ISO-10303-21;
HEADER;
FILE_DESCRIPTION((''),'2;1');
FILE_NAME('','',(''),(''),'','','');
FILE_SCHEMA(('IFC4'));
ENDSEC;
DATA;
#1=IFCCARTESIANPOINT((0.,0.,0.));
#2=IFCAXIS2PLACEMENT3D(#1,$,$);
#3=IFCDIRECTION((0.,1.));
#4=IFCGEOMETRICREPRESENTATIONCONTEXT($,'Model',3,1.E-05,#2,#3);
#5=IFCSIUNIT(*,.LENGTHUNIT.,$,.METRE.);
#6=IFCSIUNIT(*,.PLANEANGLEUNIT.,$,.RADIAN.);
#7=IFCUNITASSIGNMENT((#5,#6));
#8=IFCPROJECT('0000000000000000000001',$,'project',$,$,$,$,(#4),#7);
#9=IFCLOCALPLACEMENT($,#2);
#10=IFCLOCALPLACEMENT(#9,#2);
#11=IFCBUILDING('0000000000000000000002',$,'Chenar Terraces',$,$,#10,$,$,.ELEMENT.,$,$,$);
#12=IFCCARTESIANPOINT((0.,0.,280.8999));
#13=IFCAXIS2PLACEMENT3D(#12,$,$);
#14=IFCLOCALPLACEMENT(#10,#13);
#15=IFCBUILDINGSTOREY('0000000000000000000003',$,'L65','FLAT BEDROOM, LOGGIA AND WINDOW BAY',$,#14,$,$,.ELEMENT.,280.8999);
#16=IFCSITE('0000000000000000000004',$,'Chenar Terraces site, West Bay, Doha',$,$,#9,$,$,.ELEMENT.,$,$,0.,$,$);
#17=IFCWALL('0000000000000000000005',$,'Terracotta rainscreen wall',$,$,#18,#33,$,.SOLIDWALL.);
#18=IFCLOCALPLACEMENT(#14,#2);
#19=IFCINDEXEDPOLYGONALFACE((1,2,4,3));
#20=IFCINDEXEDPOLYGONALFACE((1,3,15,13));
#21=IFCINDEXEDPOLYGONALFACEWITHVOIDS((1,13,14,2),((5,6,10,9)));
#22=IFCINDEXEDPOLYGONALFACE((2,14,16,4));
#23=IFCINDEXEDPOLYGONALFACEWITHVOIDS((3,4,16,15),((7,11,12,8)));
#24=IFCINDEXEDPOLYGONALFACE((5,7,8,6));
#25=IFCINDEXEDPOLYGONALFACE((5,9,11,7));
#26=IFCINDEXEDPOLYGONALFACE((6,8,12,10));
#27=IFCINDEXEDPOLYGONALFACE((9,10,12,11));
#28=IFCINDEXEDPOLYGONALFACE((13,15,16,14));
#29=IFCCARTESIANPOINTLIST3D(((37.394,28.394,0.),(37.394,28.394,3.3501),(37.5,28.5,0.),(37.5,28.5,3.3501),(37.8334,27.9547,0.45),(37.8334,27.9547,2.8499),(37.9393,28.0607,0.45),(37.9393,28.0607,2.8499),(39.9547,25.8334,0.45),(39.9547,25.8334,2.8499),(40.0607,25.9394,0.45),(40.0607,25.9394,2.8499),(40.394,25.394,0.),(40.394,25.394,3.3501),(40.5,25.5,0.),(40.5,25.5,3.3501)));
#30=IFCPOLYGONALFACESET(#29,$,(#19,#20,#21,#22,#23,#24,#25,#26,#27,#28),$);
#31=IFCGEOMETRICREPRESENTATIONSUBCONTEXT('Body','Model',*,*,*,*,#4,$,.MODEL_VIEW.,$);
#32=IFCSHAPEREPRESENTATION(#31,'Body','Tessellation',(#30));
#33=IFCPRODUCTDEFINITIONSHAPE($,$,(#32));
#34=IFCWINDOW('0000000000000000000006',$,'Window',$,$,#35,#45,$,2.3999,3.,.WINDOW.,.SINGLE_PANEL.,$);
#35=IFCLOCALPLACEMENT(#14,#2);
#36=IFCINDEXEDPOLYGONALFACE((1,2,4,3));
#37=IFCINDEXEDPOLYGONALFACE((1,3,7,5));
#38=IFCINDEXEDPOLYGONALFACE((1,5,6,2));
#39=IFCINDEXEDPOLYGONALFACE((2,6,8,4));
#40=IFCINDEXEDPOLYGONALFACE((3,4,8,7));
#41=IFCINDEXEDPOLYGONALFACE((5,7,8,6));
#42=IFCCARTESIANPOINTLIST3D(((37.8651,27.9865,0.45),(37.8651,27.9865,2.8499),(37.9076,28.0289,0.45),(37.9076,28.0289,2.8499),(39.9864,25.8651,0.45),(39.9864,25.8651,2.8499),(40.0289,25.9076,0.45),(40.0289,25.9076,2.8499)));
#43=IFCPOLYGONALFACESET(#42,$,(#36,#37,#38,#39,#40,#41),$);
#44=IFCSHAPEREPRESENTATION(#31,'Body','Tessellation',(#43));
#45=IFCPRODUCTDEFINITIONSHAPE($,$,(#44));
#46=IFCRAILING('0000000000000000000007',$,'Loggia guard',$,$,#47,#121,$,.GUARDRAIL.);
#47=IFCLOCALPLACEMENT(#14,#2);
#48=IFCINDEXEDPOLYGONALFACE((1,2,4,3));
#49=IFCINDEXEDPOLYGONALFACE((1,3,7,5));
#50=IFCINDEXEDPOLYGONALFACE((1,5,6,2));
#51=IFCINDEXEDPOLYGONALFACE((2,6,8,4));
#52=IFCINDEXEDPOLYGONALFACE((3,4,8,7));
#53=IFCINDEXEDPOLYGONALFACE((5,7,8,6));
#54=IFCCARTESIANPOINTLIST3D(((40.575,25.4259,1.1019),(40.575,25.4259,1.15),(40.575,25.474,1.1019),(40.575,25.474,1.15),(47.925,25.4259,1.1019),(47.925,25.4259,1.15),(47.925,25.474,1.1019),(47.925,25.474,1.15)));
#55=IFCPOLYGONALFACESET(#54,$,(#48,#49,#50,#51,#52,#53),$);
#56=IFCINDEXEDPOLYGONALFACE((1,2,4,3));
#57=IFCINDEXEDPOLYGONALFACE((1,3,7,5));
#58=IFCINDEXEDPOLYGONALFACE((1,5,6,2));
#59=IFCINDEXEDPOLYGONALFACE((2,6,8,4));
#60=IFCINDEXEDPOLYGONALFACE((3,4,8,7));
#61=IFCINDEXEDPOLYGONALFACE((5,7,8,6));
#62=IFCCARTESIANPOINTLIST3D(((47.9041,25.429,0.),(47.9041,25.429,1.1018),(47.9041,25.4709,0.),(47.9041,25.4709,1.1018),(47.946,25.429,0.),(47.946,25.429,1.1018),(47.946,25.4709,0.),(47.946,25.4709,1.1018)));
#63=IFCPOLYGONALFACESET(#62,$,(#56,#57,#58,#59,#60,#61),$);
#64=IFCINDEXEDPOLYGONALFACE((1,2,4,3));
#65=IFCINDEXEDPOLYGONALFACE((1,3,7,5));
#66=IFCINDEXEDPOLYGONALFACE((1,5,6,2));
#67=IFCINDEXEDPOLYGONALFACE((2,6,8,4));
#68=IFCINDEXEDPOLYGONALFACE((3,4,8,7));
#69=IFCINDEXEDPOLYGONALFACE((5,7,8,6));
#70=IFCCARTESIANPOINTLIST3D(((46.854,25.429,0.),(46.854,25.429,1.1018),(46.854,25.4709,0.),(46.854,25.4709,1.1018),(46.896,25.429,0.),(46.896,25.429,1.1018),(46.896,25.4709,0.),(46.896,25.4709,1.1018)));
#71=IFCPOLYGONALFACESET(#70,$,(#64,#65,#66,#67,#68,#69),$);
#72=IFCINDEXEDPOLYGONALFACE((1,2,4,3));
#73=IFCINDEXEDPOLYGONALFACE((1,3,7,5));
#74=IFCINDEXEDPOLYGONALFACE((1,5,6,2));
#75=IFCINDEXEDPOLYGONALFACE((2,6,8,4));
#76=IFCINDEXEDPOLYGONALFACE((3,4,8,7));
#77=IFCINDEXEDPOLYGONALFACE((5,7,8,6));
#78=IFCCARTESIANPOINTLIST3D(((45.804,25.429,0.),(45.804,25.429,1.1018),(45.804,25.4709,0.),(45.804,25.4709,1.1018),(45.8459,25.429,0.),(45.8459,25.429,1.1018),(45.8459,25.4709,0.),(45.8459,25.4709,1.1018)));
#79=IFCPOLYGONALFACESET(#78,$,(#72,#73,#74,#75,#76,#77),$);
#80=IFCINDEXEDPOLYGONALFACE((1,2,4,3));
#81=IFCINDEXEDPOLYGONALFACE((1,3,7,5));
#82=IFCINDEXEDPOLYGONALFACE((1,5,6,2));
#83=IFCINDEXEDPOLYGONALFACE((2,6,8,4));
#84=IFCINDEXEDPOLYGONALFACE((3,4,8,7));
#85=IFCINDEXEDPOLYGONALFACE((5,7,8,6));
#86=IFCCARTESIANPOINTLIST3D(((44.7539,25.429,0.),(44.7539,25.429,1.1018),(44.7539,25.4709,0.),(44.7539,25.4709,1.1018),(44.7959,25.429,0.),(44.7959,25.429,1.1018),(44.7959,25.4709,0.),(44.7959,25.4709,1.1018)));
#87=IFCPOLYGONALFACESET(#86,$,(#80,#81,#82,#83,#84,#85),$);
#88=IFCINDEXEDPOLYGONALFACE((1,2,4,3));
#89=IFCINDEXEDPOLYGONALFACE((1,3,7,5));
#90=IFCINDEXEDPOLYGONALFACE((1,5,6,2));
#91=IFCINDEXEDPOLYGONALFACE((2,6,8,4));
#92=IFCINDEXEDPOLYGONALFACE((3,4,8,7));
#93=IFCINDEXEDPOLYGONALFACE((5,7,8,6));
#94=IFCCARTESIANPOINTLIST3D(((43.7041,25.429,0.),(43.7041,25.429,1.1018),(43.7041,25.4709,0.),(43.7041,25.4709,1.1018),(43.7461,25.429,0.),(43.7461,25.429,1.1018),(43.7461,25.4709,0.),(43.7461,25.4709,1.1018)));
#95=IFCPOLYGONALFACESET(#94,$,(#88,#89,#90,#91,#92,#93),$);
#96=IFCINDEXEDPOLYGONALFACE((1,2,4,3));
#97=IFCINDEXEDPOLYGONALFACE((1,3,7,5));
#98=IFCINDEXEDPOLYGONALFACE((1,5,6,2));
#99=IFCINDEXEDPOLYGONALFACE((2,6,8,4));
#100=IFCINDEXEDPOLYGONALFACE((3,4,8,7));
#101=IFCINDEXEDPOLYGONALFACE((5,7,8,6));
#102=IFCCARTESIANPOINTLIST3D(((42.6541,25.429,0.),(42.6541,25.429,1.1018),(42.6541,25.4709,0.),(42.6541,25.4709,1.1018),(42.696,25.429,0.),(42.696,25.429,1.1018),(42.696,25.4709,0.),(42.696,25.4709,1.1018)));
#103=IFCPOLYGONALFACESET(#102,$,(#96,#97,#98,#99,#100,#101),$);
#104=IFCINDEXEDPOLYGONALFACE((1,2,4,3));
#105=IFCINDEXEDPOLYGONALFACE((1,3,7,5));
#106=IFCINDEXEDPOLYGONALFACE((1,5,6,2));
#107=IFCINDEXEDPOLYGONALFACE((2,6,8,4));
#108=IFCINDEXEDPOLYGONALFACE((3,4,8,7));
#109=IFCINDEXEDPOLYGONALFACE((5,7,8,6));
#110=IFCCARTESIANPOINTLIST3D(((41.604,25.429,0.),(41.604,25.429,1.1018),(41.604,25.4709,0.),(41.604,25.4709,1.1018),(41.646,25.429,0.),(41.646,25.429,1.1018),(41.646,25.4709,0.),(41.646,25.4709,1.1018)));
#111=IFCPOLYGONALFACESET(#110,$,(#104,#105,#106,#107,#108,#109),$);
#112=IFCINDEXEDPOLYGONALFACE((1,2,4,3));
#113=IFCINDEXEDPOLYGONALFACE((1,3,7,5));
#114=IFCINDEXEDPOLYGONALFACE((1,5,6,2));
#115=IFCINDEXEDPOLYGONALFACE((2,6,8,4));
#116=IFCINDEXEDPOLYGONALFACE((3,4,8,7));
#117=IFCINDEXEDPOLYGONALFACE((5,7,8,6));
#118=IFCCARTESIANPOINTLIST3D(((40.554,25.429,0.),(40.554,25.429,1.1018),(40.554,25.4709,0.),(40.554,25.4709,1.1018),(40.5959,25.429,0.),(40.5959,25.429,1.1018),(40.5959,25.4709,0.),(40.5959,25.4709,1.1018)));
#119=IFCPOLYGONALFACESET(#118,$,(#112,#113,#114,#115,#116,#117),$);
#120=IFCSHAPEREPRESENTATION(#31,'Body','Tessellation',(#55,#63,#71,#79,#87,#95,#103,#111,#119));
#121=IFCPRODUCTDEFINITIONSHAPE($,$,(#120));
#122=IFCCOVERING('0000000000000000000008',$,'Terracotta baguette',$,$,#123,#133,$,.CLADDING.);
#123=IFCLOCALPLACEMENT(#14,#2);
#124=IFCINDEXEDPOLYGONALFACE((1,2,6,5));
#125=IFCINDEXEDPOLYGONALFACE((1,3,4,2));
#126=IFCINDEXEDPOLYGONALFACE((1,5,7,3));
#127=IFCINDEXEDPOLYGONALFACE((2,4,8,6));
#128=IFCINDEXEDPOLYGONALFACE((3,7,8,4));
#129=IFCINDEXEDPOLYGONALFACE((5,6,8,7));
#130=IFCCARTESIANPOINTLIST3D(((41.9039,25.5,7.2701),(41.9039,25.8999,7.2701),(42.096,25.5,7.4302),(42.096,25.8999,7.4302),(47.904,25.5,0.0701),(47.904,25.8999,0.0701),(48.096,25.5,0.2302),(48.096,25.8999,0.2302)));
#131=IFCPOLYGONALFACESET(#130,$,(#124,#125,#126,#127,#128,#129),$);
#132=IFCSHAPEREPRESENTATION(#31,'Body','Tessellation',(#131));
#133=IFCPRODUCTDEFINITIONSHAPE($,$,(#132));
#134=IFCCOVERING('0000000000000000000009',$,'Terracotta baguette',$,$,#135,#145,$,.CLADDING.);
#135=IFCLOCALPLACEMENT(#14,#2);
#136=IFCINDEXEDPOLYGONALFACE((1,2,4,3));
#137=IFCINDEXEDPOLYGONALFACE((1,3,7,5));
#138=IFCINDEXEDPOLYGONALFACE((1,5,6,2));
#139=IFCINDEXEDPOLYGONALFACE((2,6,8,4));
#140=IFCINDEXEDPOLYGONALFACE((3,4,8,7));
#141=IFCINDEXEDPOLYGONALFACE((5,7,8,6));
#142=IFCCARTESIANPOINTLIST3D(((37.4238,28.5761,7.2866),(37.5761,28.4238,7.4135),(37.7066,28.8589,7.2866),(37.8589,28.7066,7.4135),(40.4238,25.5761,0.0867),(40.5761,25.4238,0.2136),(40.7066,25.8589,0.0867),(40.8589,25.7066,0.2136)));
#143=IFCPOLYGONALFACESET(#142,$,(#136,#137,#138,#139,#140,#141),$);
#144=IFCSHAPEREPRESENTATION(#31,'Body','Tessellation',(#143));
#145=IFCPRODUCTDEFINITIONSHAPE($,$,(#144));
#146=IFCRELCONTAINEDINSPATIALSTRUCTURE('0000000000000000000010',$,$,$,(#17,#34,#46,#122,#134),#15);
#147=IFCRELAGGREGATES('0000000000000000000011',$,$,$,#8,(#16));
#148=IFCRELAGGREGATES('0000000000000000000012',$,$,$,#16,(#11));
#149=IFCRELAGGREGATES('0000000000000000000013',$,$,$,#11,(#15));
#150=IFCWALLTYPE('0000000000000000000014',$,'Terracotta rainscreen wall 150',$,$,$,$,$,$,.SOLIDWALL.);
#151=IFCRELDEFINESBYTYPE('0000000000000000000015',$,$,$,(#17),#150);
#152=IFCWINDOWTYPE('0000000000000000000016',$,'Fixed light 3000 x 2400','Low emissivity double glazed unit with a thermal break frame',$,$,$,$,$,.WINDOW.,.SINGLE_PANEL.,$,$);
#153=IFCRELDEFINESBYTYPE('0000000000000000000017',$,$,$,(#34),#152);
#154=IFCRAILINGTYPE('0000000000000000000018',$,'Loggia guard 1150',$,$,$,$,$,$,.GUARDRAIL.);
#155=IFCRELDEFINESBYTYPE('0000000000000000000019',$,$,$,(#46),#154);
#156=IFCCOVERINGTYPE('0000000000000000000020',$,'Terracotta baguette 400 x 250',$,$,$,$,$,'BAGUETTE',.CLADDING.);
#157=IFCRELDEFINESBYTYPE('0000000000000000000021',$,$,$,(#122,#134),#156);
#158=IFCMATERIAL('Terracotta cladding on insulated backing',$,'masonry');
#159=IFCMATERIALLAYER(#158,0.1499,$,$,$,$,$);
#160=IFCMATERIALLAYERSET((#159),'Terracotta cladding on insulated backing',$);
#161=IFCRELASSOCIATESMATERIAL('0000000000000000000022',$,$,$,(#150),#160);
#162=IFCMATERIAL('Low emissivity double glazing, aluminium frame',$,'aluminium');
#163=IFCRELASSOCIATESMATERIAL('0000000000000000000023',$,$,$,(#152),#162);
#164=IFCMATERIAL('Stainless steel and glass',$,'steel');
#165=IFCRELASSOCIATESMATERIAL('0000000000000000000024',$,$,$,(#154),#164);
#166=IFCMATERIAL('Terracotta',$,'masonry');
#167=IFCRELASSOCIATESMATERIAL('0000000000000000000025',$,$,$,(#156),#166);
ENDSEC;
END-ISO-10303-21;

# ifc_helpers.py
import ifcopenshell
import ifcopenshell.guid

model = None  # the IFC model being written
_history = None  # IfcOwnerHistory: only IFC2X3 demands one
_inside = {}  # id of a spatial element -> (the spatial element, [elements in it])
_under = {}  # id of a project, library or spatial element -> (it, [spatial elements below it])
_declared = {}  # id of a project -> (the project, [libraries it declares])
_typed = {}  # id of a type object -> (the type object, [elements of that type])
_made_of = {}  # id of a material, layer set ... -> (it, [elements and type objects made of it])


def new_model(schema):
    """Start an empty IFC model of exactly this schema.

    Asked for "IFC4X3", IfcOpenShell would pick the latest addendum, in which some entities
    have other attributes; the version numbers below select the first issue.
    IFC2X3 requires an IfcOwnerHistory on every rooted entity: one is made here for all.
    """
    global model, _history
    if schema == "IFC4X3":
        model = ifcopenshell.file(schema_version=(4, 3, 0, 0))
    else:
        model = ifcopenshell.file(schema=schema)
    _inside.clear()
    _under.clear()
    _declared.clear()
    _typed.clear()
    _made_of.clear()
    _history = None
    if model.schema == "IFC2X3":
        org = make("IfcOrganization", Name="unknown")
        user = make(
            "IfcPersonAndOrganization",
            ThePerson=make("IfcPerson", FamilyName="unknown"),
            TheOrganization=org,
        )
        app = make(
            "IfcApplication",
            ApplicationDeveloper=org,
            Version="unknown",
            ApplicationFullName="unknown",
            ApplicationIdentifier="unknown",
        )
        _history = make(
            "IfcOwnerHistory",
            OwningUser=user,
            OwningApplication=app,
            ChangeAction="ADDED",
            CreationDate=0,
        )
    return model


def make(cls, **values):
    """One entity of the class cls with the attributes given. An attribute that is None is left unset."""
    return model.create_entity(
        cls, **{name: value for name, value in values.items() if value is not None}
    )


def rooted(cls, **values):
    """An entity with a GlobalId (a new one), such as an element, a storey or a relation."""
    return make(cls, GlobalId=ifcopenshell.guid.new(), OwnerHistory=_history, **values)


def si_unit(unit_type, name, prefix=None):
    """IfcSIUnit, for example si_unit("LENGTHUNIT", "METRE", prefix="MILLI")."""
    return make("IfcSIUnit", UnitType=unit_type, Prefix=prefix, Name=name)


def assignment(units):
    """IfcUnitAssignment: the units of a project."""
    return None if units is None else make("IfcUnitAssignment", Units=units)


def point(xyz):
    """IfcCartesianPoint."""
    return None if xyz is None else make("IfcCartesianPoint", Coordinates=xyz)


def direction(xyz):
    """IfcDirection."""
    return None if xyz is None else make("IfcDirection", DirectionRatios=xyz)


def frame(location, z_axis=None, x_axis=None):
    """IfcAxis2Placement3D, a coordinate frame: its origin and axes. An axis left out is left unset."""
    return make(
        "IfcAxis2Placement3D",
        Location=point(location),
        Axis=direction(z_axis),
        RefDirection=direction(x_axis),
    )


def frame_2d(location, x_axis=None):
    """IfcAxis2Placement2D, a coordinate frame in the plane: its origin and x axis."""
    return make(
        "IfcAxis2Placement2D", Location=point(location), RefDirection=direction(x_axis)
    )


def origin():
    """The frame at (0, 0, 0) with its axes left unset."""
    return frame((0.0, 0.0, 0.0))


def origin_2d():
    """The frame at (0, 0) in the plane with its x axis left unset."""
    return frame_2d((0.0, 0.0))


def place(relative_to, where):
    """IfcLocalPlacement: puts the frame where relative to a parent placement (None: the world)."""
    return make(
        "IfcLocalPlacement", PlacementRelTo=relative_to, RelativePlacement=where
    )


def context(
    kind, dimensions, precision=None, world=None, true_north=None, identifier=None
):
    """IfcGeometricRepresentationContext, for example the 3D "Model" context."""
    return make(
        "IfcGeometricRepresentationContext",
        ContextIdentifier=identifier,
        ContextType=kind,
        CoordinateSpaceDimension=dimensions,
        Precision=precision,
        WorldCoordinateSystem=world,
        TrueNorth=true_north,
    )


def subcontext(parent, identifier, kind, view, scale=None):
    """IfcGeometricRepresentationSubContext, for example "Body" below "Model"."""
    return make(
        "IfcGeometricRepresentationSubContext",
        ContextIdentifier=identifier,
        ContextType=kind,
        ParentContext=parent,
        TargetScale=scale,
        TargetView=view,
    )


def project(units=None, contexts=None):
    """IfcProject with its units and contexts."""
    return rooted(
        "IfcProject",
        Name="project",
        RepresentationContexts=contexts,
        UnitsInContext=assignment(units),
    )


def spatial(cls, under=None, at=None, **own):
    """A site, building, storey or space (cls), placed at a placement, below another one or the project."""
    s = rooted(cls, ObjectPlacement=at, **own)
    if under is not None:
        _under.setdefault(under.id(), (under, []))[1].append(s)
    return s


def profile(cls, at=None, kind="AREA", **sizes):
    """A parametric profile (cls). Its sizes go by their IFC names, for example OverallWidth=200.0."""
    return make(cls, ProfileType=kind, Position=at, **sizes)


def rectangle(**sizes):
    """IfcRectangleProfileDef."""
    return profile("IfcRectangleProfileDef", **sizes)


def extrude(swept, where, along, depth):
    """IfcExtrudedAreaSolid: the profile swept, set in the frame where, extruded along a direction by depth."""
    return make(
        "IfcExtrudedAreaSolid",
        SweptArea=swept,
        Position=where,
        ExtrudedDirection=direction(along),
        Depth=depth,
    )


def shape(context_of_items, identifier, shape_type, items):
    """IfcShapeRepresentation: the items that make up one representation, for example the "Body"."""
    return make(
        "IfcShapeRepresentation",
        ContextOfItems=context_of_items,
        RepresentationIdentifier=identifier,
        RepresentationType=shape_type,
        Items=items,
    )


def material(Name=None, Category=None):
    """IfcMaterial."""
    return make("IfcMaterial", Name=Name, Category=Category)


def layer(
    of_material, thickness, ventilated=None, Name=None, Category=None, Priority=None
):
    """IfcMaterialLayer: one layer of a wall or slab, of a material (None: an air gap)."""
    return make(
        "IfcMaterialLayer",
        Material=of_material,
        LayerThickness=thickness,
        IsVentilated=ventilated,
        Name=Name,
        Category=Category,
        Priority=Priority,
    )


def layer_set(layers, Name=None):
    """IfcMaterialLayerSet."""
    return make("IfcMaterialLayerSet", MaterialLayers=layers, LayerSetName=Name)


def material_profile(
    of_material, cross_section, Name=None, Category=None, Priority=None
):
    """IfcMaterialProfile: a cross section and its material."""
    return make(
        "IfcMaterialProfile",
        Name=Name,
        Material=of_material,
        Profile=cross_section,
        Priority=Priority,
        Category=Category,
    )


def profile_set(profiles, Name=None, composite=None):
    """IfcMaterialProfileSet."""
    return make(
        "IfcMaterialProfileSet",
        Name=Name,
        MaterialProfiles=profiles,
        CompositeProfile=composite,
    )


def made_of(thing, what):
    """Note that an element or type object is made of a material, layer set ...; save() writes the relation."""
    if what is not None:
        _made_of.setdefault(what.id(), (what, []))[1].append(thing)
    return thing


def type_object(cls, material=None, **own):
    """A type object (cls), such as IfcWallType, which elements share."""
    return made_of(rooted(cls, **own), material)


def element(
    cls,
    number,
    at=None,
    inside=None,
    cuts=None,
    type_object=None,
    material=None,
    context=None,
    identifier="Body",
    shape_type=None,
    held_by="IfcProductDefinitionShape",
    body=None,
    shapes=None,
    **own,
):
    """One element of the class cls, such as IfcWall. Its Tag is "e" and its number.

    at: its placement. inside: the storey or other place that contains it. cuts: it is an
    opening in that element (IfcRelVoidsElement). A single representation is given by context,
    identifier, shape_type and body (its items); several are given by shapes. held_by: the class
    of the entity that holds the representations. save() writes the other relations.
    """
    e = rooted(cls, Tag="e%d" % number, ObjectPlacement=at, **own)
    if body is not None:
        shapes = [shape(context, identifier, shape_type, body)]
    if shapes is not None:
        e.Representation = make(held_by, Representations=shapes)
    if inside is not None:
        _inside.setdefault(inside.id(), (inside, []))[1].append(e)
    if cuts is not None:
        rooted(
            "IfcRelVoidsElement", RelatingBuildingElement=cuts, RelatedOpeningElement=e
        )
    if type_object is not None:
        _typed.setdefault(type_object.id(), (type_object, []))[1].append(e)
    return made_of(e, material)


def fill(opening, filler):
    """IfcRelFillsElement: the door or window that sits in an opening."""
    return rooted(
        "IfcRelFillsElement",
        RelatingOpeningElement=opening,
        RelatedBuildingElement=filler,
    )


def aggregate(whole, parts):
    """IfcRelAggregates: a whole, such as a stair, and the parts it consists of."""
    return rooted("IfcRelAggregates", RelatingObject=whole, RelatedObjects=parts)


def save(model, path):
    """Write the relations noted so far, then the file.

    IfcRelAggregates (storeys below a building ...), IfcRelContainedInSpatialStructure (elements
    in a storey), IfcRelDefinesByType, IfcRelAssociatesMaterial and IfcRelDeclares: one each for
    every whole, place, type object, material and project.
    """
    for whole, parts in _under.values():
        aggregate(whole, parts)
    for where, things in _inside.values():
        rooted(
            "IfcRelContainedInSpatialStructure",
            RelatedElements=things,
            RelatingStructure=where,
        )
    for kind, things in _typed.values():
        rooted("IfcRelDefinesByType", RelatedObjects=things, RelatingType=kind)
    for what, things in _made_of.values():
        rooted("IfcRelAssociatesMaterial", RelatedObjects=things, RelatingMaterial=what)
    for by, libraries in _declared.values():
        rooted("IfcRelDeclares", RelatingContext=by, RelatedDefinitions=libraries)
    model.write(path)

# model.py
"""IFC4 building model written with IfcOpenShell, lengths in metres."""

from ifc_helpers import new_model, si_unit, direction, frame, frame_2d, origin, origin_2d, place, context, subcontext, project, spatial, rectangle, extrude, material, layer, layer_set, material_profile, profile_set, type_object, element, fill, save


model = new_model("IFC4")

# Units and contexts
model_context = context("Model", 3, precision=1e-05, world=origin(), true_north=direction((0.0, 1.0)))
body_context = subcontext(model_context, "Body", "Model", "MODEL_VIEW")
ifc_project = project(units=[si_unit("LENGTHUNIT", "METRE"), si_unit("PLANEANGLEUNIT", "RADIAN")], contexts=[model_context])

# Site, building, storey
site_placement = place(None, origin())
site = spatial("IfcSite", under=ifc_project, at=site_placement, Name="Chenar Terraces site, West Bay, Doha", CompositionType="ELEMENT", RefElevation=0.0)
building_placement = place(site_placement, origin())
building = spatial("IfcBuilding", under=site, at=building_placement, Name="Chenar Terraces", CompositionType="ELEMENT")
storey_placement = place(building_placement, frame((0.0, 0.0, 280.8999)))
storey = spatial("IfcBuildingStorey", under=building, at=storey_placement, Name="L65", Description="FLAT BEDROOM, LOGGIA AND WINDOW BAY", CompositionType="ELEMENT", Elevation=280.8999)

# Wall, opening, window
ifc_material_1 = material(Name="Terracotta cladding on insulated backing", Category="masonry")
ifc_layer_1 = layer(ifc_material_1, 0.1499)
ifc_layer_set_1 = layer_set([ifc_layer_1], Name="Terracotta cladding on insulated backing")
wall_type_1 = type_object("IfcWallType", Name="Terracotta rainscreen wall 150", PredefinedType="SOLIDWALL", material=ifc_layer_set_1)
wall_1_placement = place(storey_placement, frame((40.447, 25.447, 0.0), z_axis=(0.0, 0.0, 1.0), x_axis=(-0.707107, 0.707107, 0.0)))
wall_1 = element("IfcWall", 1, at=wall_1_placement, inside=storey, type_object=wall_type_1, Name="Terracotta rainscreen wall", PredefinedType="SOLIDWALL", context=body_context, shape_type="SweptSolid", body=[
    extrude(rectangle(XDim=4.2427, YDim=0.1499, at=frame_2d((2.1213, 0.0))), origin(), (0.0, 0.0, 1.0), 3.3501),
])
opening_1_placement = place(wall_1_placement, frame((0.6213, 0.0, 0.45)))
opening_1 = element("IfcOpeningElement", 2, at=opening_1_placement, cuts=wall_1, PredefinedType="OPENING", context=body_context, shape_type="SweptSolid", body=[
    extrude(rectangle(XDim=3.0, YDim=2.3999, at=frame_2d((1.5, 1.2))), frame((0.0, 0.085, 0.0), z_axis=(0.0, -1.0, 0.0), x_axis=(1.0, 0.0, 0.0)), (0.0, 0.0, 1.0), 0.1699),
])
ifc_material_2 = material(Name="Low emissivity double glazing, aluminium frame", Category="aluminium")
window_type_1 = type_object("IfcWindowType", Name="Fixed light 3000 x 2400", Description="Low emissivity double glazed unit with a thermal break frame", PartitioningType="SINGLE_PANEL", PredefinedType="WINDOW", material=ifc_material_2)
window_1_placement = place(opening_1_placement, origin())
window_1 = element("IfcWindow", 3, at=window_1_placement, inside=storey, type_object=window_type_1, Name="Window", OverallHeight=2.3999, OverallWidth=3.0, PartitioningType="SINGLE_PANEL", PredefinedType="WINDOW", context=body_context, shape_type="SweptSolid", body=[
    extrude(rectangle(XDim=3.0, YDim=2.3999, at=frame_2d((1.5, 1.2))), frame((0.0, 0.03, 0.0), z_axis=(0.0, -1.0, 0.0), x_axis=(1.0, 0.0, 0.0)), (0.0, 0.0, 1.0), 0.0601),
])
fill(opening_1, window_1)

# Railing
ifc_material_3 = material(Name="Stainless steel and glass", Category="steel")
railing_type = type_object("IfcRailingType", Name="Loggia guard 1150", PredefinedType="GUARDRAIL", material=ifc_material_3)
railing_placement = place(storey_placement, frame((47.925, 25.45, 0.0)))
element("IfcRailing", 4, at=railing_placement, inside=storey, type_object=railing_type, Name="Loggia guard", PredefinedType="GUARDRAIL", context=body_context, shape_type="SweptSolid", body=[
    extrude(rectangle(XDim=0.0481, YDim=0.0481, at=origin_2d()), frame((0.0, 0.0, 1.126), z_axis=(-1.0, 0.0, 0.0), x_axis=(0.0, -1.0, 0.0)), (0.0, 0.0, 1.0), 7.3501),
    extrude(rectangle(XDim=0.042, YDim=0.042, at=origin_2d()), origin(), (0.0, 0.0, 1.0), 1.1018),
    extrude(rectangle(XDim=0.042, YDim=0.042, at=origin_2d()), frame((-1.05, 0.0, 0.0)), (0.0, 0.0, 1.0), 1.1018),
    extrude(rectangle(XDim=0.042, YDim=0.042, at=origin_2d()), frame((-2.1001, 0.0, 0.0)), (0.0, 0.0, 1.0), 1.1018),
    extrude(rectangle(XDim=0.042, YDim=0.042, at=origin_2d()), frame((-3.1501, 0.0, 0.0)), (0.0, 0.0, 1.0), 1.1018),
    extrude(rectangle(XDim=0.042, YDim=0.042, at=origin_2d()), frame((-4.2, 0.0, 0.0)), (0.0, 0.0, 1.0), 1.1018),
    extrude(rectangle(XDim=0.042, YDim=0.042, at=origin_2d()), frame((-5.25, 0.0, 0.0)), (0.0, 0.0, 1.0), 1.1018),
    extrude(rectangle(XDim=0.042, YDim=0.042, at=origin_2d()), frame((-6.3, 0.0, 0.0)), (0.0, 0.0, 1.0), 1.1018),
    extrude(rectangle(XDim=0.042, YDim=0.042, at=origin_2d()), frame((-7.3501, 0.0, 0.0)), (0.0, 0.0, 1.0), 1.1018),
])

# Coverings
ifc_material_4 = material(Name="Terracotta", Category="masonry")
ifc_material_profile_1 = material_profile(ifc_material_4, rectangle(XDim=0.3999, YDim=0.25, at=origin_2d()), Name="Terracotta baguette 400 x 250")
ifc_profile_set_1 = profile_set([ifc_material_profile_1], Name="Terracotta")
covering_type = type_object("IfcCoveringType", Name="Terracotta baguette 400 x 250", ElementType="BAGUETTE", PredefinedType="CLADDING", material=ifc_profile_set_1)
covering_1_placement = place(storey_placement, frame((48.0, 25.7, 0.1501), z_axis=(-0.640187, 0.0, 0.768219), x_axis=(0.0, -1.0, 0.0)))
element("IfcCovering", 5, at=covering_1_placement, inside=storey, type_object=covering_type, Name="Terracotta baguette", PredefinedType="CLADDING", context=body_context, shape_type="SweptSolid", body=[
    extrude(rectangle(XDim=0.3999, YDim=0.25, at=origin_2d()), origin(), (0.0, 0.0, 1.0), 9.3723),
])
covering_2_placement = place(storey_placement, frame((40.6414, 25.6414, 0.1501), z_axis=(-0.358981, 0.358981, 0.861548), x_axis=(-0.707107, -0.707107, 0.0)))
element("IfcCovering", 6, at=covering_2_placement, inside=storey, type_object=covering_type, Name="Terracotta baguette", PredefinedType="CLADDING", context=body_context, shape_type="SweptSolid", body=[
    extrude(rectangle(XDim=0.3999, YDim=0.25, at=origin_2d()), origin(), (0.0, 0.0, 1.0), 8.3569),
])

save(model, "model.ifc")
